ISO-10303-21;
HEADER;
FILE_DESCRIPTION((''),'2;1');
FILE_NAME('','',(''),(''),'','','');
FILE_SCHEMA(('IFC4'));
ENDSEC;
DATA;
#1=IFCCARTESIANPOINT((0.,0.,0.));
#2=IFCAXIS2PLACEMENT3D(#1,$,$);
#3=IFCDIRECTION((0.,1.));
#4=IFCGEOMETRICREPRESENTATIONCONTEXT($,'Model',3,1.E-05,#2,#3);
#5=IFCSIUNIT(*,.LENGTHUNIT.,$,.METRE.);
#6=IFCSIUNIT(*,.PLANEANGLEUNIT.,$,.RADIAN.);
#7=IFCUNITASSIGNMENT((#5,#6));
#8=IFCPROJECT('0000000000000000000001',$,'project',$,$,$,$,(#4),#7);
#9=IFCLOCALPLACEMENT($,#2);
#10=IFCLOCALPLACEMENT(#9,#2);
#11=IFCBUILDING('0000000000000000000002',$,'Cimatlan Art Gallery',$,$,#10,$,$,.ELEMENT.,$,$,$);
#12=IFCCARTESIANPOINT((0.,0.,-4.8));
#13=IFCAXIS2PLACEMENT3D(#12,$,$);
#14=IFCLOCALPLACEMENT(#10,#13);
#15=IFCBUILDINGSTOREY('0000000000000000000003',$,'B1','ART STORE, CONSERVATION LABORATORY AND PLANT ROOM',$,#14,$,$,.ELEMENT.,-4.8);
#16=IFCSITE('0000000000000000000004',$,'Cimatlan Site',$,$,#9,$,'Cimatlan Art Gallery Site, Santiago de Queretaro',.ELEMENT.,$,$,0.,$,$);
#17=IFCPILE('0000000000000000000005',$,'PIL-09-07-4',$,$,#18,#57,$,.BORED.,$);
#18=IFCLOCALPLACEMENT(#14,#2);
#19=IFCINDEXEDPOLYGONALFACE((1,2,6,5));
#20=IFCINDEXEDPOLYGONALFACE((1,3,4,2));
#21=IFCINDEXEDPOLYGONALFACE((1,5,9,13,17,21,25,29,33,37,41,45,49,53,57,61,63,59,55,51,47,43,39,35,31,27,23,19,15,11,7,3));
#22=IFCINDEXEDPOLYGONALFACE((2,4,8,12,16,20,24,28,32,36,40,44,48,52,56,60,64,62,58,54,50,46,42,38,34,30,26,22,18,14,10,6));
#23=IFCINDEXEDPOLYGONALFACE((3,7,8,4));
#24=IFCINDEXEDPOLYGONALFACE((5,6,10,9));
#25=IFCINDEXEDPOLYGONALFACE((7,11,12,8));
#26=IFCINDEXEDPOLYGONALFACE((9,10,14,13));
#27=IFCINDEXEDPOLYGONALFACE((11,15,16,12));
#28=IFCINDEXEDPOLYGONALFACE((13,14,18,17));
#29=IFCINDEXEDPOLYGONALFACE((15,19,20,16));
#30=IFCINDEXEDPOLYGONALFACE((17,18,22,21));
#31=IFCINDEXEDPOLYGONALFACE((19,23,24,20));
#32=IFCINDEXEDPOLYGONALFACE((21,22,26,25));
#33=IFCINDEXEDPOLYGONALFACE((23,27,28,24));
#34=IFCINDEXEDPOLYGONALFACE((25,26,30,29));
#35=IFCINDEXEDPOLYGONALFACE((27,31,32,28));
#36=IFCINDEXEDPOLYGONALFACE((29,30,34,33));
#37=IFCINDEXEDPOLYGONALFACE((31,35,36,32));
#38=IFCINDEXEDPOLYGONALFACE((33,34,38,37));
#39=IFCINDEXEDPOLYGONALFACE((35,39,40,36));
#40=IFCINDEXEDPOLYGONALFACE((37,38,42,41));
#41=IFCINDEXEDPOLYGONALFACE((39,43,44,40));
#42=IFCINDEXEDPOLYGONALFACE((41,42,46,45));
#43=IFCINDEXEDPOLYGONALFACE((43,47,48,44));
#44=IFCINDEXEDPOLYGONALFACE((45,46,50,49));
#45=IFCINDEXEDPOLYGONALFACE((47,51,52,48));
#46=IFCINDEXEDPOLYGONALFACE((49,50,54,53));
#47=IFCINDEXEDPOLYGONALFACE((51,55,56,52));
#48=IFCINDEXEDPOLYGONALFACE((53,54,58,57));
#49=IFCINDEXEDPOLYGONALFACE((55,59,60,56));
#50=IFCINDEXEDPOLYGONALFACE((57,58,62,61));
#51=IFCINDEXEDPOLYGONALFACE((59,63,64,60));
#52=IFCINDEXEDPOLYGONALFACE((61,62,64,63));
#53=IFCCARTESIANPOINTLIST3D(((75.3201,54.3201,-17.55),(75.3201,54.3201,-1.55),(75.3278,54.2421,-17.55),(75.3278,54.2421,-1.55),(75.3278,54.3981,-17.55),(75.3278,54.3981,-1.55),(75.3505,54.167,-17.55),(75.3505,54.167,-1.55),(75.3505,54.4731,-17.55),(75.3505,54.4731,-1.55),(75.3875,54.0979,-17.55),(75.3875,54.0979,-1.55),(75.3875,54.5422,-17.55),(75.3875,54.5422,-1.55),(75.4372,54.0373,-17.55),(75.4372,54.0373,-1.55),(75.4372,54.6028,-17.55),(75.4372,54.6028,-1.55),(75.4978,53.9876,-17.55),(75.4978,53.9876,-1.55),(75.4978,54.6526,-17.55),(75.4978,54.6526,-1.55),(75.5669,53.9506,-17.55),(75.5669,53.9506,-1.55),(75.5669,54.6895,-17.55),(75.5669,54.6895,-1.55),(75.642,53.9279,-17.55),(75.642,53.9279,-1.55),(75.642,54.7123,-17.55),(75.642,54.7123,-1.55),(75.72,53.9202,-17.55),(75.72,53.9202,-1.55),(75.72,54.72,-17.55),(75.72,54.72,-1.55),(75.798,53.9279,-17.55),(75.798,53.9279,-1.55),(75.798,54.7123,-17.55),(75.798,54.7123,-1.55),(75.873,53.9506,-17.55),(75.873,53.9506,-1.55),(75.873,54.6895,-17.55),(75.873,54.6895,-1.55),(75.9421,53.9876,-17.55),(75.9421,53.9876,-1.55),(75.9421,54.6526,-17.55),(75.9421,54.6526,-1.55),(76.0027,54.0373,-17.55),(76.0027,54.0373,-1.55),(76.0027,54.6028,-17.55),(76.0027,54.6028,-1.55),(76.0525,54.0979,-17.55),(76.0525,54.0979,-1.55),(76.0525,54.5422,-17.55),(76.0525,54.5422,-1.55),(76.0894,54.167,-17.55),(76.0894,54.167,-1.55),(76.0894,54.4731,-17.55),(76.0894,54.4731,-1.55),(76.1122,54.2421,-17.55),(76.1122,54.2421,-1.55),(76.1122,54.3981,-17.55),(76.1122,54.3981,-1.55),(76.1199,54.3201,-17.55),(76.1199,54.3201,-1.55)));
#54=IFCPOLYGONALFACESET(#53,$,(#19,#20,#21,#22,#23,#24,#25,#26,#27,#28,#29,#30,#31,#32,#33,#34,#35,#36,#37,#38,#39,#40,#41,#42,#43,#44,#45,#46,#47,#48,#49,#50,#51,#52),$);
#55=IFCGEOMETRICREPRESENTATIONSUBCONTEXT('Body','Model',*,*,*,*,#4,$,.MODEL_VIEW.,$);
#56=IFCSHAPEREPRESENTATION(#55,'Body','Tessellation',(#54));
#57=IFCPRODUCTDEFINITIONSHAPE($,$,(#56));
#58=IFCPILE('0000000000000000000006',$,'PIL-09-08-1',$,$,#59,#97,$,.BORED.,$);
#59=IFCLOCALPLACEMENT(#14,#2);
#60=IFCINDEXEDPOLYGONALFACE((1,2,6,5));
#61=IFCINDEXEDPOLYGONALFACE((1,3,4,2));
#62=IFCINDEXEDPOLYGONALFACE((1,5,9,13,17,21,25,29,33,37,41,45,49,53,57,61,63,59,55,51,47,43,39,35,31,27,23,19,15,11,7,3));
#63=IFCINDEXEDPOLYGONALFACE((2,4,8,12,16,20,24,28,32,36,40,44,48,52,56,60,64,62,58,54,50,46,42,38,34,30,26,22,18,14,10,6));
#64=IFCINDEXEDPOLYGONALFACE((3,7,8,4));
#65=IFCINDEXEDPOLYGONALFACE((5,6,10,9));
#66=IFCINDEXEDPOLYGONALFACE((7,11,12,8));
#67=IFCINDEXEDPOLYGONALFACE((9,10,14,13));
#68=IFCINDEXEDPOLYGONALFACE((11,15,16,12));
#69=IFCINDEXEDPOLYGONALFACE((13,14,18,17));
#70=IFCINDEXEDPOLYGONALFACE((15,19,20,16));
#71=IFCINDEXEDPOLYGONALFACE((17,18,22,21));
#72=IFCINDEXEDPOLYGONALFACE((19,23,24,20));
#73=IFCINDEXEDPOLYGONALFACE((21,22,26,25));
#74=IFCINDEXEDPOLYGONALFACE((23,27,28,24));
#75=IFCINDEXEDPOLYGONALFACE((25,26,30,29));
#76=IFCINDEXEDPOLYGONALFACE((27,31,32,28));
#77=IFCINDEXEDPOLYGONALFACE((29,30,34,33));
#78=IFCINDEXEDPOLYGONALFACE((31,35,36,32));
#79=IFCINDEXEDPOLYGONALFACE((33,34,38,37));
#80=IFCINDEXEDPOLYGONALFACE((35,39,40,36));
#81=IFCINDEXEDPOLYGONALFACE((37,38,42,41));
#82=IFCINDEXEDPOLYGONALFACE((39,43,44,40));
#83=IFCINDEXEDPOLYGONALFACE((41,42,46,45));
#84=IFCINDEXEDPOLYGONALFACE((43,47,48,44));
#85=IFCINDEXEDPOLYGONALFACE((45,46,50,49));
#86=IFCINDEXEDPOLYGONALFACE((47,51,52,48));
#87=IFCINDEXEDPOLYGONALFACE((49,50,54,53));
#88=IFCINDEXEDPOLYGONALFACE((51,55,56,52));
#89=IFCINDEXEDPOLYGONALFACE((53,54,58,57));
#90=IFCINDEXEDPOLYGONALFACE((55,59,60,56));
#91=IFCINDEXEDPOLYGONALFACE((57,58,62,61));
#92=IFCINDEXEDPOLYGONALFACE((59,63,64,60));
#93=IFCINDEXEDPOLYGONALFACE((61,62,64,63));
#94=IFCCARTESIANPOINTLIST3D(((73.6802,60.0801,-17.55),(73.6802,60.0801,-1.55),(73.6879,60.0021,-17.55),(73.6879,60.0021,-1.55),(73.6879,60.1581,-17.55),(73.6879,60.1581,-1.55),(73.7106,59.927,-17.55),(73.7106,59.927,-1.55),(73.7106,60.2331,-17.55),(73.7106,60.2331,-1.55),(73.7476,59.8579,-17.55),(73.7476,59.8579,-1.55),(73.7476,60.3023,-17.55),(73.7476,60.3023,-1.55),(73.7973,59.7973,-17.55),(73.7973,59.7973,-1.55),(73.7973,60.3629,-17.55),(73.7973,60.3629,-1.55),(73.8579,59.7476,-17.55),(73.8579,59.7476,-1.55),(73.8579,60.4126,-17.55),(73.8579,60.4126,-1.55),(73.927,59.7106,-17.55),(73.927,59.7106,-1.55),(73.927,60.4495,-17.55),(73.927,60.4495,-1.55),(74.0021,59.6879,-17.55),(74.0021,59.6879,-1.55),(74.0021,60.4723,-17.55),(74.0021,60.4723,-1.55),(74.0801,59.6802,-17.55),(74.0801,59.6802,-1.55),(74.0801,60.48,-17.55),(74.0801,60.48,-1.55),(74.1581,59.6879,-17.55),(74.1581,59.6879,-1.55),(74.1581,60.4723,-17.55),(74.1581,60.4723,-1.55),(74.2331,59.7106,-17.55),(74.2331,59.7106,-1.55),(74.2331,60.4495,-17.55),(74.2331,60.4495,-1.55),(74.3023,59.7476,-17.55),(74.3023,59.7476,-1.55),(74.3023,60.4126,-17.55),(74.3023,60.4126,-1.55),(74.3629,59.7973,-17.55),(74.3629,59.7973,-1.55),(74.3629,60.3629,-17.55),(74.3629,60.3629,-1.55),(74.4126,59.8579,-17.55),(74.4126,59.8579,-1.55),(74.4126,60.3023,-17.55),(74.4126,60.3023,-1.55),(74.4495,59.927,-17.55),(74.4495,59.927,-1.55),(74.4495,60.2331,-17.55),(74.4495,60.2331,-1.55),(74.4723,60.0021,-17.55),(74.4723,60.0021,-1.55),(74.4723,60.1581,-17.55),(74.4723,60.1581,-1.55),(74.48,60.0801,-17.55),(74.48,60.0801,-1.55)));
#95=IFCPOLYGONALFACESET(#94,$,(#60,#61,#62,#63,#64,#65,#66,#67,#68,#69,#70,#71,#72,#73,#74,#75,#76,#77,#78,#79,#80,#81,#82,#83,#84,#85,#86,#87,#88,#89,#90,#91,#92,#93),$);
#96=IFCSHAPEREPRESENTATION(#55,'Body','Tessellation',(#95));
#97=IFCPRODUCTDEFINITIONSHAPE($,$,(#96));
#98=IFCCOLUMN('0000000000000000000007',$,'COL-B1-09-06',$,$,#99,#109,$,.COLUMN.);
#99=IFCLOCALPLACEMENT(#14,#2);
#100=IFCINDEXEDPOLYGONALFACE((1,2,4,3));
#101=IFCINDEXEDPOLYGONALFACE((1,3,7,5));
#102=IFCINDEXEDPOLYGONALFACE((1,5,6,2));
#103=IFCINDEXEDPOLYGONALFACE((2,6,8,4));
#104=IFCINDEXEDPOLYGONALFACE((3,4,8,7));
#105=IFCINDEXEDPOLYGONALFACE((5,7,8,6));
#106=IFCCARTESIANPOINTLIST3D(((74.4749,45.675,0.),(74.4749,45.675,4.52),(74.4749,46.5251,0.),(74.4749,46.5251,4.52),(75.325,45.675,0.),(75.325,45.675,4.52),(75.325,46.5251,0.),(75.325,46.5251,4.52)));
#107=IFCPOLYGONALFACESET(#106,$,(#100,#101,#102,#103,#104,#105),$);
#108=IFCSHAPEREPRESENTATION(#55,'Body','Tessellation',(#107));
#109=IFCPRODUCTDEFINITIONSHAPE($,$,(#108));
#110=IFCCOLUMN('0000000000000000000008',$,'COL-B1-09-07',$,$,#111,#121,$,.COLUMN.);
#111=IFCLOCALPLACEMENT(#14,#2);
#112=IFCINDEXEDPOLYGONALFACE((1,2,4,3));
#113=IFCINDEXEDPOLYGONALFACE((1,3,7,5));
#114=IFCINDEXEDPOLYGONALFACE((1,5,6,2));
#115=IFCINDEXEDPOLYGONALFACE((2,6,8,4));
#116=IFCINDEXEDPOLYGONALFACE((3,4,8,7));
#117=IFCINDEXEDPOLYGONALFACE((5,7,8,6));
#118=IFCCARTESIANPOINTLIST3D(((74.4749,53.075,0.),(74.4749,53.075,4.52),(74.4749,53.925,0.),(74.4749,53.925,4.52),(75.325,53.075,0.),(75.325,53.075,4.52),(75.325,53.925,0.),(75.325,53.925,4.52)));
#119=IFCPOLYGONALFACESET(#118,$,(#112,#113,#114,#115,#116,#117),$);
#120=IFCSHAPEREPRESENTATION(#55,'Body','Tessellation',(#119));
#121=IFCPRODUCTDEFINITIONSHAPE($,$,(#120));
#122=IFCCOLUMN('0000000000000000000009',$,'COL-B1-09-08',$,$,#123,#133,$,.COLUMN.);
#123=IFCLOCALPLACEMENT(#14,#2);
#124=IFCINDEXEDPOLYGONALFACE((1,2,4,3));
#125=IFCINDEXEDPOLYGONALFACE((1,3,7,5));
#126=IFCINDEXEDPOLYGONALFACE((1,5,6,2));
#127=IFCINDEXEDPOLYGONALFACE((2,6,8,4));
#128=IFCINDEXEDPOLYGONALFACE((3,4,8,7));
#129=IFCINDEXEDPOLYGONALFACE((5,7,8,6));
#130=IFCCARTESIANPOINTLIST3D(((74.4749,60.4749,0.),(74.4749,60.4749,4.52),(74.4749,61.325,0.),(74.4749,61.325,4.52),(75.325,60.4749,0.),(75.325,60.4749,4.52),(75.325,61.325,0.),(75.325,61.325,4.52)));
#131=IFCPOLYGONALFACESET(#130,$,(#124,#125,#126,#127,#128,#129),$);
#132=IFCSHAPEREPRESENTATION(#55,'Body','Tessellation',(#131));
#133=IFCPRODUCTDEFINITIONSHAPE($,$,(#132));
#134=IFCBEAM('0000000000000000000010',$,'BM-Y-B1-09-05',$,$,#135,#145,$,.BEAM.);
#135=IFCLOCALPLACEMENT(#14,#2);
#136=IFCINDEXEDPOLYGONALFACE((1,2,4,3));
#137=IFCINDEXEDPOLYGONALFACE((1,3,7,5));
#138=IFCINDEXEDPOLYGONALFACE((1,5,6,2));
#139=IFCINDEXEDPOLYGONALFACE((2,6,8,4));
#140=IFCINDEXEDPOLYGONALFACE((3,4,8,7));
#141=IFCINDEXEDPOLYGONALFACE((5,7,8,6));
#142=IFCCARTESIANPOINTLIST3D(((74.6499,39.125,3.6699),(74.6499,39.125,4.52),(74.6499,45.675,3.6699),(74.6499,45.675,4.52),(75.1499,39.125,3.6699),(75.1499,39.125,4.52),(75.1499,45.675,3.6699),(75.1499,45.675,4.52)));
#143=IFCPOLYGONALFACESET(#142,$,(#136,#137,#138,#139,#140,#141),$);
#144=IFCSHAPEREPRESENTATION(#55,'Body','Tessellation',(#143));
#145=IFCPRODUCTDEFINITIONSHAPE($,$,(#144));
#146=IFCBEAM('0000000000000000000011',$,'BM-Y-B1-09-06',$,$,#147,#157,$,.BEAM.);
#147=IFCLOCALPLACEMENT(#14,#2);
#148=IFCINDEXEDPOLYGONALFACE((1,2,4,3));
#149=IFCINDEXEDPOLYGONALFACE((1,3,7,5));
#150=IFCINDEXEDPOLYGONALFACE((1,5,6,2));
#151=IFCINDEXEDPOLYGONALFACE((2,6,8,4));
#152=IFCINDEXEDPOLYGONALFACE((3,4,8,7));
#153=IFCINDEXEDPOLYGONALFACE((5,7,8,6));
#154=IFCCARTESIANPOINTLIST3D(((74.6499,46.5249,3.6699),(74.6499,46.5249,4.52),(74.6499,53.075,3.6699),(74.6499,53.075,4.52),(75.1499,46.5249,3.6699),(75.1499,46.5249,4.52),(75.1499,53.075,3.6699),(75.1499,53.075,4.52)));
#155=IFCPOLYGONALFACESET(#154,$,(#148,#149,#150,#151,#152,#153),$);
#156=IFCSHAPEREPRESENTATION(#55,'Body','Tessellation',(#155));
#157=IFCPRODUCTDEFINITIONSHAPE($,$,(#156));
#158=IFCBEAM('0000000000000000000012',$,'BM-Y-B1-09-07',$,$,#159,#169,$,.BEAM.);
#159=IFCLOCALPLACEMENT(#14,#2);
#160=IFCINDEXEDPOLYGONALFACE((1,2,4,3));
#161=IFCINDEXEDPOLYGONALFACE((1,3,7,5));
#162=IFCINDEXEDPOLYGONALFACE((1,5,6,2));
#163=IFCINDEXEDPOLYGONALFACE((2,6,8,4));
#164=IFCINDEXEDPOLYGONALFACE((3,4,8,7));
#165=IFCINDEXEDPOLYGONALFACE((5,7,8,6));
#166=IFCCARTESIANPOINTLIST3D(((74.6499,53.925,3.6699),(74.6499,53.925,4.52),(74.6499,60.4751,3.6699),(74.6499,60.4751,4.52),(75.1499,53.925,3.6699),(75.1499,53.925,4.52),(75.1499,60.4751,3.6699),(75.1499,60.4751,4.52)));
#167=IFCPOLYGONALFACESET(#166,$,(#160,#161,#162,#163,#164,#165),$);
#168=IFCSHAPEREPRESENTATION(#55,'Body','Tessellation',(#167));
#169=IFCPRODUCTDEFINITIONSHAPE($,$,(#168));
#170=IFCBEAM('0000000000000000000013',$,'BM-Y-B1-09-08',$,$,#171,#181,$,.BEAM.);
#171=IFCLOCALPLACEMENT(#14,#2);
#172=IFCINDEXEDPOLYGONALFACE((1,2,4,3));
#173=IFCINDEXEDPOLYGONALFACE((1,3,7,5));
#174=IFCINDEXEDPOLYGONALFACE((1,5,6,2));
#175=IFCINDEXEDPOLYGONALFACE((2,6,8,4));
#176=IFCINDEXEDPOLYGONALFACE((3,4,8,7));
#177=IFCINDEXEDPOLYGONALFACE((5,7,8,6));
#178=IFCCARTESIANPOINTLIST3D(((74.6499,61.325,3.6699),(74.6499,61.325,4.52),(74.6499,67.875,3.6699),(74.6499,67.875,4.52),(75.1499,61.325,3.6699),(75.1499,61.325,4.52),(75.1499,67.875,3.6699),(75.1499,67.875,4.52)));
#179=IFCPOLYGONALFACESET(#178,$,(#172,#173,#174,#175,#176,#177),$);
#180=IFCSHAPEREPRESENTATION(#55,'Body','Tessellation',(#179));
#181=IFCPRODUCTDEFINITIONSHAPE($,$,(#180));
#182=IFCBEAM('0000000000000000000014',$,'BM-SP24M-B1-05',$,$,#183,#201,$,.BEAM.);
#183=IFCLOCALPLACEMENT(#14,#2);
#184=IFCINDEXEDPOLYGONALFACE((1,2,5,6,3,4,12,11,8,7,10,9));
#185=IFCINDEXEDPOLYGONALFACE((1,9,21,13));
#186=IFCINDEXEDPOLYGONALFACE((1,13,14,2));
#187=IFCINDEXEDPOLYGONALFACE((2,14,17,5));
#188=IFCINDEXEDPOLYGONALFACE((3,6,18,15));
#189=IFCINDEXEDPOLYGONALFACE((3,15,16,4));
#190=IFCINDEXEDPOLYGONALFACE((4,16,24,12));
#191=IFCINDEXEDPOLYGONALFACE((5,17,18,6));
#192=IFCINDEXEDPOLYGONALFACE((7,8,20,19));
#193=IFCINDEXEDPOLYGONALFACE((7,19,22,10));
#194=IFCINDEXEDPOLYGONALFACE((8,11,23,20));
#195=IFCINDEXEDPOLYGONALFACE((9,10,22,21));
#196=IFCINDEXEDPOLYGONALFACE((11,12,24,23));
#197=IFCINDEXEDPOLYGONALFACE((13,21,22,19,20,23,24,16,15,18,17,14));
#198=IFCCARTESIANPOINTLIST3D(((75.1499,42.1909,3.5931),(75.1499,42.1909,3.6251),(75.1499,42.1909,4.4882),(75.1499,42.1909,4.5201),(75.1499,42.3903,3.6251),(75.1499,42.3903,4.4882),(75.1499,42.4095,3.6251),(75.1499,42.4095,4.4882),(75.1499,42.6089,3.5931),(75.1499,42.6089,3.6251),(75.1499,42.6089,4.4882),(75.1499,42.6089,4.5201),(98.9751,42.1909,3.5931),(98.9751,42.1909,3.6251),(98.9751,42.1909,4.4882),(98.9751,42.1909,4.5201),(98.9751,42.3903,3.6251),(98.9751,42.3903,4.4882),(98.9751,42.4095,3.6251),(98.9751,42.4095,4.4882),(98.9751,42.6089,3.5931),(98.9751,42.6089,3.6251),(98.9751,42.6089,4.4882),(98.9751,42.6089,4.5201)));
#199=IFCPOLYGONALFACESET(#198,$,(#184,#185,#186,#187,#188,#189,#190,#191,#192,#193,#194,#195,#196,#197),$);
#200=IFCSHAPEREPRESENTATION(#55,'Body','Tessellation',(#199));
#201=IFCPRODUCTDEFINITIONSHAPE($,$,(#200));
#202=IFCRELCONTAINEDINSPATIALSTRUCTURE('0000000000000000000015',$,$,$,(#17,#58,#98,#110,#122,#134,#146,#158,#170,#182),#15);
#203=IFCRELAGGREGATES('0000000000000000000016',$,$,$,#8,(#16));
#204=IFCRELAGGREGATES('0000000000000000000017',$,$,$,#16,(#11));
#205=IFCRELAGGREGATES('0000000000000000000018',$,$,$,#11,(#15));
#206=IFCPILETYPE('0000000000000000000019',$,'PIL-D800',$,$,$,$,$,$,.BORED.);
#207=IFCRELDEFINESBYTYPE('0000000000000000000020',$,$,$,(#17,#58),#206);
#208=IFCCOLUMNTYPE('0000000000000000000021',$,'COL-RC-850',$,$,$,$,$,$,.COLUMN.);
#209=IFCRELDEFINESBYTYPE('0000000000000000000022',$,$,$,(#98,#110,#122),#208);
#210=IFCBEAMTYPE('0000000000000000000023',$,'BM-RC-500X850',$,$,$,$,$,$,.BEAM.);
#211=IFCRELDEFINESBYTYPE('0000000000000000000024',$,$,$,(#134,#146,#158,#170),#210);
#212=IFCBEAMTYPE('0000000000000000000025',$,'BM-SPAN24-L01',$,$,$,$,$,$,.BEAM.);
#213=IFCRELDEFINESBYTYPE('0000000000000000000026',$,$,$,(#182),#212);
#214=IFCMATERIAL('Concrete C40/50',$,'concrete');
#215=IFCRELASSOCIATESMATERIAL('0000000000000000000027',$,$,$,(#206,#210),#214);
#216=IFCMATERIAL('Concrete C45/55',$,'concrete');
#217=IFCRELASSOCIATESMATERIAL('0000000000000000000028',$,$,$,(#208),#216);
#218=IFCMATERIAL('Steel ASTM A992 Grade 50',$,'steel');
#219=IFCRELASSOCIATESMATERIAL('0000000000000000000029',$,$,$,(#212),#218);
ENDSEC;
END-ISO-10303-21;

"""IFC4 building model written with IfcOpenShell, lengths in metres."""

from ifc_helpers import new_model, si_unit, direction, frame, origin, origin_2d, place, context, subcontext, project, spatial, rectangle, circle, i_section, extrude, material, material_profile, profile_set, type_object, element, save


model = new_model("IFC4")

# Units and contexts
model_context = context("Model", 3, precision=1e-05, world=origin(), true_north=direction((0.0, 1.0)))
body_context = subcontext(model_context, "Body", "Model", "MODEL_VIEW")
ifc_project = project(units=[si_unit("LENGTHUNIT", "METRE"), si_unit("PLANEANGLEUNIT", "RADIAN")], contexts=[model_context])

# Site, building, storey
site_placement = place(None, origin())
site = spatial("IfcSite", under=ifc_project, at=site_placement, Name="Cimatlan Site", LongName="Cimatlan Art Gallery Site, Santiago de Queretaro", CompositionType="ELEMENT", RefElevation=0.0)
building_placement = place(site_placement, origin())
building = spatial("IfcBuilding", under=site, at=building_placement, Name="Cimatlan Art Gallery", CompositionType="ELEMENT")
storey_placement = place(building_placement, frame((0.0, 0.0, -4.8)))
storey = spatial("IfcBuildingStorey", under=building, at=storey_placement, Name="B1", Description="ART STORE, CONSERVATION LABORATORY AND PLANT ROOM", CompositionType="ELEMENT", Elevation=-4.8)

# Shared definitions
ifc_material_1 = material(Name="Concrete C40/50", Category="concrete")

# Piles
pile_type = type_object("IfcPileType", Name="PIL-D800", PredefinedType="BORED", material=ifc_material_1)
for number, where, z_axis, x_axis, name in (
    (1, (75.72, 54.3201, -1.55), (0.0, 0.0, -1.0), (1.0, 0.0, 0.0), "PIL-09-07-4"),
    (2, (74.0801, 60.0801, -1.55), (0.0, 0.0, -1.0), (1.0, 0.0, 0.0), "PIL-09-08-1"),
):
    element("IfcPile", number, at=place(storey_placement, frame(where, z_axis=z_axis, x_axis=x_axis)), inside=storey, type_object=pile_type, Name=name, PredefinedType="BORED", context=body_context, shape_type="SweptSolid", body=[
        extrude(circle(Radius=0.3999, at=origin_2d()), origin(), (0.0, 0.0, 1.0), 16.0),
    ])

# Columns
ifc_material_2 = material(Name="Concrete C45/55", Category="concrete")
ifc_material_profile_1 = material_profile(ifc_material_2, rectangle(XDim=0.8501, YDim=0.8501, at=origin_2d()), Name="RC850X850")
ifc_profile_set_1 = profile_set([ifc_material_profile_1], Name="Concrete C45/55")
column_type = type_object("IfcColumnType", Name="COL-RC-850", PredefinedType="COLUMN", material=ifc_profile_set_1)
for number, where, z_axis, x_axis, name in (
    (3, (74.8999, 46.1001, 0.0), (0.0, 0.0, 1.0), (1.0, 0.0, 0.0), "COL-B1-09-06"),
    (4, (74.8999, 53.5, 0.0), (0.0, 0.0, 1.0), (1.0, 0.0, 0.0), "COL-B1-09-07"),
    (5, (74.8999, 60.8999, 0.0), (0.0, 0.0, 1.0), (1.0, 0.0, 0.0), "COL-B1-09-08"),
):
    element("IfcColumn", number, at=place(storey_placement, frame(where, z_axis=z_axis, x_axis=x_axis)), inside=storey, type_object=column_type, Name=name, PredefinedType="COLUMN", context=body_context, shape_type="SweptSolid", body=[
        extrude(rectangle(XDim=0.8501, YDim=0.8501, at=origin_2d()), origin(), (0.0, 0.0, 1.0), 4.52),
    ])

# Beams
ifc_material_profile_2 = material_profile(ifc_material_1, rectangle(XDim=0.5, YDim=0.8501, at=origin_2d()), Name="RC500X850")
ifc_profile_set_2 = profile_set([ifc_material_profile_2], Name="Concrete C40/50")
beam_type_1 = type_object("IfcBeamType", Name="BM-RC-500X850", PredefinedType="BEAM", material=ifc_profile_set_2)
for number, where, z_axis, x_axis, name in (
    (6, (74.8999, 39.125, 4.095), (0.0, 1.0, 0.0), (-1.0, 0.0, 0.0), "BM-Y-B1-09-05"),
    (7, (74.8999, 46.5249, 4.095), (0.0, 1.0, 0.0), (-1.0, 0.0, 0.0), "BM-Y-B1-09-06"),
    (8, (74.8999, 53.925, 4.095), (0.0, 1.0, 0.0), (-1.0, 0.0, 0.0), "BM-Y-B1-09-07"),
    (9, (74.8999, 61.325, 4.095), (0.0, 1.0, 0.0), (-1.0, 0.0, 0.0), "BM-Y-B1-09-08"),
):
    element("IfcBeam", number, at=place(storey_placement, frame(where, z_axis=z_axis, x_axis=x_axis)), inside=storey, type_object=beam_type_1, Name=name, PredefinedType="BEAM", context=body_context, shape_type="SweptSolid", body=[
        extrude(rectangle(XDim=0.5, YDim=0.8501, at=origin_2d()), origin(), (0.0, 0.0, 1.0), 6.55),
    ])
ifc_material_3 = material(Name="Steel ASTM A992 Grade 50", Category="steel")
ifc_material_profile_3 = material_profile(ifc_material_3, i_section(OverallWidth=0.418, OverallDepth=0.927, WebThickness=0.0193, FlangeThickness=0.032, at=origin_2d()), Name="W36X231")
ifc_profile_set_3 = profile_set([ifc_material_profile_3], Name="Steel ASTM A992 Grade 50")
beam_type_2 = type_object("IfcBeamType", Name="BM-SPAN24-L01", PredefinedType="BEAM", material=ifc_profile_set_3)
beam_1_placement = place(storey_placement, frame((75.1499, 42.3999, 4.0566), z_axis=(1.0, 0.0, 0.0), x_axis=(0.0, 1.0, 0.0)))
element("IfcBeam", 10, at=beam_1_placement, inside=storey, type_object=beam_type_2, Name="BM-SP24M-B1-05", PredefinedType="BEAM", context=body_context, shape_type="SweptSolid", body=[
    extrude(i_section(OverallWidth=0.418, OverallDepth=0.927, WebThickness=0.0193, FlangeThickness=0.032, at=origin_2d()), origin(), (0.0, 0.0, 1.0), 23.8252),
])

save(model, "model.ifc")
